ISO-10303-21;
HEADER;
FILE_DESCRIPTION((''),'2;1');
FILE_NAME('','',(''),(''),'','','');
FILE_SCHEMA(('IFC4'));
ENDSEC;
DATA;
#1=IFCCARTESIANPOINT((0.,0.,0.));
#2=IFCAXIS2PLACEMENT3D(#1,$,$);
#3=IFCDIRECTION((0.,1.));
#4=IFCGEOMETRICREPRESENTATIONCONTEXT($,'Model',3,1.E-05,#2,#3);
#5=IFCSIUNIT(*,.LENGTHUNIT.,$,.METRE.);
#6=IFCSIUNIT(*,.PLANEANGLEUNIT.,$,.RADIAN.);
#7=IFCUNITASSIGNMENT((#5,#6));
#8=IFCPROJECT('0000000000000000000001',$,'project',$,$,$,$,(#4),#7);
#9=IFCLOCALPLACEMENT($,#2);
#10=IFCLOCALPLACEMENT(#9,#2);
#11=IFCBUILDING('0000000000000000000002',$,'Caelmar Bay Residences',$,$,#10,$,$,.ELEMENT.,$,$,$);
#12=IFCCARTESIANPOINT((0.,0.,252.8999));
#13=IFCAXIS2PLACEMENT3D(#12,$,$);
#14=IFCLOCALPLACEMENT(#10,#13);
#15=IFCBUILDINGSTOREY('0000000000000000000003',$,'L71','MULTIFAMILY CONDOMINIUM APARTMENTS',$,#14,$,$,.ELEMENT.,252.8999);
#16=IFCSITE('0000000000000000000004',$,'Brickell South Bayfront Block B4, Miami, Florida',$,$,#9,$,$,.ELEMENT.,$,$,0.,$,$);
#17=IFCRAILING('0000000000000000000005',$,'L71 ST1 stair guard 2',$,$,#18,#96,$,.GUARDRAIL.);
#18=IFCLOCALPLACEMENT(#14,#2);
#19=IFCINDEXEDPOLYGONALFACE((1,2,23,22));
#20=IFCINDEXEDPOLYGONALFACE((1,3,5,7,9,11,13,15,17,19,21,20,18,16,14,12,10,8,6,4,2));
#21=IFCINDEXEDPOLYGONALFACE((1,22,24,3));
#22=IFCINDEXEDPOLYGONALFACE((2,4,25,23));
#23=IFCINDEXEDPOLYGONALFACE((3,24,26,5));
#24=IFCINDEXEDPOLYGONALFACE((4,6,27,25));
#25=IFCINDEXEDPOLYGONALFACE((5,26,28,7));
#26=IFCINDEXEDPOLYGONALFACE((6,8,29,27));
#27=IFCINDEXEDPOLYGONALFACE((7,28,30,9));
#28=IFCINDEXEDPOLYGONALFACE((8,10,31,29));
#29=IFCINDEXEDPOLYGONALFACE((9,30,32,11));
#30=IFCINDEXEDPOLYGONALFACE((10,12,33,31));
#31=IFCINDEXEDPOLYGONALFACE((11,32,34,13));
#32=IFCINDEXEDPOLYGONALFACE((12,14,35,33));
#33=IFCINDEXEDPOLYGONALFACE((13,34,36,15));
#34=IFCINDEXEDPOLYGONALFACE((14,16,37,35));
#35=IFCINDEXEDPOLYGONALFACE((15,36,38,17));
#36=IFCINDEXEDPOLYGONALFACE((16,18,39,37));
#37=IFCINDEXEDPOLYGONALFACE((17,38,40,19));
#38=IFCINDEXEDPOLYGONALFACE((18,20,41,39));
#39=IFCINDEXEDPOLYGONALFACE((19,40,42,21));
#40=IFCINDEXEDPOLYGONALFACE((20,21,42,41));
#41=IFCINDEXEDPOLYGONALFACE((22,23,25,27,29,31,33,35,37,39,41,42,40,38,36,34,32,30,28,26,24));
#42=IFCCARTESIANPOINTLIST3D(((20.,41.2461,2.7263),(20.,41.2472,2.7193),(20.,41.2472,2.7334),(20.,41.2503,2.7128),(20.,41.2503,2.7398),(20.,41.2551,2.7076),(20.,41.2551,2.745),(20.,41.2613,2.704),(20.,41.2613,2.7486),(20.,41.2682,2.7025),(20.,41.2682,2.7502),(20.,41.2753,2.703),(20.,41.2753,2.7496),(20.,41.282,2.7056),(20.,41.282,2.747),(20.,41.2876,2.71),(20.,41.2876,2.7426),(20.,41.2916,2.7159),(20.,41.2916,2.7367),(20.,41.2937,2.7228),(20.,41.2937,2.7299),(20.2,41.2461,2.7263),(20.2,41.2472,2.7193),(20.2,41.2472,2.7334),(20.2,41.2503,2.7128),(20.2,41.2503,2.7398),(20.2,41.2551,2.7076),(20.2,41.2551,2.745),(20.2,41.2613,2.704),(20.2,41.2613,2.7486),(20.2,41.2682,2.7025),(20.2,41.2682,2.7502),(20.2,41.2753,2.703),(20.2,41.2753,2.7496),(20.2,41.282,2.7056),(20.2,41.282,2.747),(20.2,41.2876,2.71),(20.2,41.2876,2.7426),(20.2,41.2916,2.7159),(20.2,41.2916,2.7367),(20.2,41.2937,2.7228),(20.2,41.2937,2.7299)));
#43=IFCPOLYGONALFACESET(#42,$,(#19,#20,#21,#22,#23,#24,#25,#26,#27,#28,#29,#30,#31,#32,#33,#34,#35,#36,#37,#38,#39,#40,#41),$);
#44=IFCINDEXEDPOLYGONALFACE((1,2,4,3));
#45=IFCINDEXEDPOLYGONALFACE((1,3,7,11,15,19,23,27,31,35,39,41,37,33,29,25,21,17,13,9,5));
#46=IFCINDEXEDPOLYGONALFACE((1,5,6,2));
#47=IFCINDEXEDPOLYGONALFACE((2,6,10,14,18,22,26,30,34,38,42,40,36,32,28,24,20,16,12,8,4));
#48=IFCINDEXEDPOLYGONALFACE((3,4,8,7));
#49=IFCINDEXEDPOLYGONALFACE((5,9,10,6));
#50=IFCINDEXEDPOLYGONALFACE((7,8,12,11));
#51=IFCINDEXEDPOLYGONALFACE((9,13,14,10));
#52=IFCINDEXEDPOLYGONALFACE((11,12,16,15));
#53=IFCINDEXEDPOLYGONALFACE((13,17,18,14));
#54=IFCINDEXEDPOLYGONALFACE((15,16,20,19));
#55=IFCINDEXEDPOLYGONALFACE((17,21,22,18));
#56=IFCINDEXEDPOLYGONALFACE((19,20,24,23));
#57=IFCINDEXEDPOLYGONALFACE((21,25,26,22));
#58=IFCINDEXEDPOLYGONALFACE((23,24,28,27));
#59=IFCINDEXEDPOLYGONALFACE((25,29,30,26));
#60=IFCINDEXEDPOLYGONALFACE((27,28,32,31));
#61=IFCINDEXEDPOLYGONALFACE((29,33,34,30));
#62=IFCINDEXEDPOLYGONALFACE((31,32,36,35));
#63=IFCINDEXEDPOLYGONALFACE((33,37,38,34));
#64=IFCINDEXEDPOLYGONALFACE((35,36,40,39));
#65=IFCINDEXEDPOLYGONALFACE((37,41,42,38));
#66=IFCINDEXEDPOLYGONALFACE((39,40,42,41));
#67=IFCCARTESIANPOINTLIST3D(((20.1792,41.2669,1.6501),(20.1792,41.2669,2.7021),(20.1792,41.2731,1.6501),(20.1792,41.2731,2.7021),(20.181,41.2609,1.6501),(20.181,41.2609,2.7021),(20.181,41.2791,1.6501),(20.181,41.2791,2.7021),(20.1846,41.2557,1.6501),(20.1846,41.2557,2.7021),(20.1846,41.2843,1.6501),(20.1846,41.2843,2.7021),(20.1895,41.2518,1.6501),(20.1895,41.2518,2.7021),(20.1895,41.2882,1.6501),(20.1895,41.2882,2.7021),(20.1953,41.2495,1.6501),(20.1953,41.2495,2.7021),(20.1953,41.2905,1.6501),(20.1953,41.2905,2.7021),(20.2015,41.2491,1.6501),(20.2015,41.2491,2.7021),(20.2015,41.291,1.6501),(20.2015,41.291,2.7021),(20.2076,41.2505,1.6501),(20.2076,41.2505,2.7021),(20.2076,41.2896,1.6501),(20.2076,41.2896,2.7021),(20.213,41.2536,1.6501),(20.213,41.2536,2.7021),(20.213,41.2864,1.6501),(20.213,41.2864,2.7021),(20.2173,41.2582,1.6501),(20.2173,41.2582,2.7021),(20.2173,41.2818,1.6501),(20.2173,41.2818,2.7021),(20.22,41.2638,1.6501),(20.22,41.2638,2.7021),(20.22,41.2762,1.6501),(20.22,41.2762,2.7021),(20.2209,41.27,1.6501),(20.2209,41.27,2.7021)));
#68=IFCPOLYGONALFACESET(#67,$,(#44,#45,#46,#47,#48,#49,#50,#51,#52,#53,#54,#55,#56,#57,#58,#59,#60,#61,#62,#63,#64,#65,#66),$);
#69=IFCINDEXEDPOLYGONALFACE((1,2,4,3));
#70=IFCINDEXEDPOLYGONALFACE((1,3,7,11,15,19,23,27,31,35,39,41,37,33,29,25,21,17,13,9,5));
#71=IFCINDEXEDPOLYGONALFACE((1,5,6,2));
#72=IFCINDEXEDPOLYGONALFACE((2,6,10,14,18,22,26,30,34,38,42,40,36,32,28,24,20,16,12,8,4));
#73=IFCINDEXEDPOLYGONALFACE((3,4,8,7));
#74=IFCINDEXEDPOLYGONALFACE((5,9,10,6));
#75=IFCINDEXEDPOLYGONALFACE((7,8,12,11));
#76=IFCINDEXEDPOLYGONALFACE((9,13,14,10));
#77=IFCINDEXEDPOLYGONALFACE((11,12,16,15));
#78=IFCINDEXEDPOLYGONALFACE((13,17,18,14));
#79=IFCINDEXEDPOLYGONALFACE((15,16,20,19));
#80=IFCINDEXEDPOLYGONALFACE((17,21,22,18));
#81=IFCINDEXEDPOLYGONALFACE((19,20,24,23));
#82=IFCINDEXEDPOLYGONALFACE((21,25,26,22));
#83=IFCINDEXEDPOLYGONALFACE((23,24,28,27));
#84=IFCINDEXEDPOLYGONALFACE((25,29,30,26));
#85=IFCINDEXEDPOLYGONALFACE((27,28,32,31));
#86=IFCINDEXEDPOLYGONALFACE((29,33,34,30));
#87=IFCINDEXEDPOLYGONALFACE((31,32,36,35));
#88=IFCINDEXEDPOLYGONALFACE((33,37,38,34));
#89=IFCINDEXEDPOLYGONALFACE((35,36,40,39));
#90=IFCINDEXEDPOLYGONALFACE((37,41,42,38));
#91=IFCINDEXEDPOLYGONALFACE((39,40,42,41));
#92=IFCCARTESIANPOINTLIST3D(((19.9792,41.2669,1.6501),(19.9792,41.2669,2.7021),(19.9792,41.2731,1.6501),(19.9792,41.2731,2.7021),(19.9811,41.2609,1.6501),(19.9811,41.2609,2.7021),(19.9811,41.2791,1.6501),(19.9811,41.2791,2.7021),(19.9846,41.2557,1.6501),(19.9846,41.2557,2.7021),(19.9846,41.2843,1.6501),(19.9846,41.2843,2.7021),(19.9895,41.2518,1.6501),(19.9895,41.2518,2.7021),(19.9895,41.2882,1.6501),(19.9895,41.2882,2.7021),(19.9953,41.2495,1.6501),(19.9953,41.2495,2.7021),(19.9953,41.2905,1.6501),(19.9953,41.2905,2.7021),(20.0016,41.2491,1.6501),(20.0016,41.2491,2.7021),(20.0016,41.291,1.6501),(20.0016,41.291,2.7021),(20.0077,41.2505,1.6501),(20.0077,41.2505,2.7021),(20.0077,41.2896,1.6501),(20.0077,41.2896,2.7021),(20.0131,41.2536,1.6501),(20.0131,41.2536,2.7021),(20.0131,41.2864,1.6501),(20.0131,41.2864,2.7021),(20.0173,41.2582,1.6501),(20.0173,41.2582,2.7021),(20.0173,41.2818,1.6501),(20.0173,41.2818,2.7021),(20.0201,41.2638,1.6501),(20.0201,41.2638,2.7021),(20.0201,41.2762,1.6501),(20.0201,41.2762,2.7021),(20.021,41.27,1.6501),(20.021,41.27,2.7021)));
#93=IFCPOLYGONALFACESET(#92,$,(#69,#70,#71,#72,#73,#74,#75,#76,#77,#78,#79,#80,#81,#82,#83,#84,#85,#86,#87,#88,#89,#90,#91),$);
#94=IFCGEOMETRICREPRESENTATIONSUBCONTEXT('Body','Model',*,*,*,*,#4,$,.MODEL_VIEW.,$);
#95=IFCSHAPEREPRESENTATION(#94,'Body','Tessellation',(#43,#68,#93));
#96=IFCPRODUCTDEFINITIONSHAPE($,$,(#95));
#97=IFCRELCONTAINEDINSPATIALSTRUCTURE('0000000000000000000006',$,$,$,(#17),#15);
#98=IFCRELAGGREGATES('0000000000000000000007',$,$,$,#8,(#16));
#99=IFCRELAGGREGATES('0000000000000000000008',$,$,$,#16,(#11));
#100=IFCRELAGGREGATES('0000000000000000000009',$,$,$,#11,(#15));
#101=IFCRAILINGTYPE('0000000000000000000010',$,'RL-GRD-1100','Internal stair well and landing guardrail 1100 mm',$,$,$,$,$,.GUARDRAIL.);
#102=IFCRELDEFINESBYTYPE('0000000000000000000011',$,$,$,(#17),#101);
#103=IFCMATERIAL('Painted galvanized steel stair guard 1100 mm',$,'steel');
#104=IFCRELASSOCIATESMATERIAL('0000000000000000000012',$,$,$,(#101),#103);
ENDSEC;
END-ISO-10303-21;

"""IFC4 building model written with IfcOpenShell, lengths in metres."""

from ifc_helpers import new_model, si_unit, direction, frame, origin, origin_2d, place, context, subcontext, project, spatial, circle, extrude, material, type_object, element, save


model = new_model("IFC4")

# Units and contexts
model_context = context("Model", 3, precision=1e-05, world=origin(), true_north=direction((0.0, 1.0)))
body_context = subcontext(model_context, "Body", "Model", "MODEL_VIEW")
ifc_project = project(units=[si_unit("LENGTHUNIT", "METRE"), si_unit("PLANEANGLEUNIT", "RADIAN")], contexts=[model_context])

# Site, building, storey
site_placement = place(None, origin())
site = spatial("IfcSite", under=ifc_project, at=site_placement, Name="Brickell South Bayfront Block B4, Miami, Florida", CompositionType="ELEMENT", RefElevation=0.0)
building_placement = place(site_placement, origin())
building = spatial("IfcBuilding", under=site, at=building_placement, Name="Caelmar Bay Residences", CompositionType="ELEMENT")
storey_placement = place(building_placement, frame((0.0, 0.0, 252.8999)))
storey = spatial("IfcBuildingStorey", under=building, at=storey_placement, Name="L71", Description="MULTIFAMILY CONDOMINIUM APARTMENTS", CompositionType="ELEMENT", Elevation=252.8999)

# Railing
ifc_material_1 = material(Name="Painted galvanized steel stair guard 1100 mm", Category="steel")
railing_type_1 = type_object("IfcRailingType", Name="RL-GRD-1100", Description="Internal stair well and landing guardrail 1100 mm", PredefinedType="GUARDRAIL", material=ifc_material_1)
railing_1_placement = place(storey_placement, frame((20.2, 41.27, 1.6501)))
element("IfcRailing", 1, at=railing_1_placement, inside=storey, type_object=railing_type_1, Name="L71 ST1 stair guard 2", PredefinedType="GUARDRAIL", context=body_context, shape_type="SweptSolid", body=[
    extrude(circle(Radius=0.0239, at=origin_2d()), frame((0.0, 0.0, 1.0762), z_axis=(-1.0, 0.0, 0.0), x_axis=(0.0, -1.0, 0.0)), (0.0, 0.0, 1.0), 0.2),
    extrude(circle(Radius=0.021, at=origin_2d()), origin(), (0.0, 0.0, 1.0), 1.052),
    extrude(circle(Radius=0.021, at=origin_2d()), frame((-0.2, 0.0, 0.0)), (0.0, 0.0, 1.0), 1.052),
])

save(model, "model.ifc")
